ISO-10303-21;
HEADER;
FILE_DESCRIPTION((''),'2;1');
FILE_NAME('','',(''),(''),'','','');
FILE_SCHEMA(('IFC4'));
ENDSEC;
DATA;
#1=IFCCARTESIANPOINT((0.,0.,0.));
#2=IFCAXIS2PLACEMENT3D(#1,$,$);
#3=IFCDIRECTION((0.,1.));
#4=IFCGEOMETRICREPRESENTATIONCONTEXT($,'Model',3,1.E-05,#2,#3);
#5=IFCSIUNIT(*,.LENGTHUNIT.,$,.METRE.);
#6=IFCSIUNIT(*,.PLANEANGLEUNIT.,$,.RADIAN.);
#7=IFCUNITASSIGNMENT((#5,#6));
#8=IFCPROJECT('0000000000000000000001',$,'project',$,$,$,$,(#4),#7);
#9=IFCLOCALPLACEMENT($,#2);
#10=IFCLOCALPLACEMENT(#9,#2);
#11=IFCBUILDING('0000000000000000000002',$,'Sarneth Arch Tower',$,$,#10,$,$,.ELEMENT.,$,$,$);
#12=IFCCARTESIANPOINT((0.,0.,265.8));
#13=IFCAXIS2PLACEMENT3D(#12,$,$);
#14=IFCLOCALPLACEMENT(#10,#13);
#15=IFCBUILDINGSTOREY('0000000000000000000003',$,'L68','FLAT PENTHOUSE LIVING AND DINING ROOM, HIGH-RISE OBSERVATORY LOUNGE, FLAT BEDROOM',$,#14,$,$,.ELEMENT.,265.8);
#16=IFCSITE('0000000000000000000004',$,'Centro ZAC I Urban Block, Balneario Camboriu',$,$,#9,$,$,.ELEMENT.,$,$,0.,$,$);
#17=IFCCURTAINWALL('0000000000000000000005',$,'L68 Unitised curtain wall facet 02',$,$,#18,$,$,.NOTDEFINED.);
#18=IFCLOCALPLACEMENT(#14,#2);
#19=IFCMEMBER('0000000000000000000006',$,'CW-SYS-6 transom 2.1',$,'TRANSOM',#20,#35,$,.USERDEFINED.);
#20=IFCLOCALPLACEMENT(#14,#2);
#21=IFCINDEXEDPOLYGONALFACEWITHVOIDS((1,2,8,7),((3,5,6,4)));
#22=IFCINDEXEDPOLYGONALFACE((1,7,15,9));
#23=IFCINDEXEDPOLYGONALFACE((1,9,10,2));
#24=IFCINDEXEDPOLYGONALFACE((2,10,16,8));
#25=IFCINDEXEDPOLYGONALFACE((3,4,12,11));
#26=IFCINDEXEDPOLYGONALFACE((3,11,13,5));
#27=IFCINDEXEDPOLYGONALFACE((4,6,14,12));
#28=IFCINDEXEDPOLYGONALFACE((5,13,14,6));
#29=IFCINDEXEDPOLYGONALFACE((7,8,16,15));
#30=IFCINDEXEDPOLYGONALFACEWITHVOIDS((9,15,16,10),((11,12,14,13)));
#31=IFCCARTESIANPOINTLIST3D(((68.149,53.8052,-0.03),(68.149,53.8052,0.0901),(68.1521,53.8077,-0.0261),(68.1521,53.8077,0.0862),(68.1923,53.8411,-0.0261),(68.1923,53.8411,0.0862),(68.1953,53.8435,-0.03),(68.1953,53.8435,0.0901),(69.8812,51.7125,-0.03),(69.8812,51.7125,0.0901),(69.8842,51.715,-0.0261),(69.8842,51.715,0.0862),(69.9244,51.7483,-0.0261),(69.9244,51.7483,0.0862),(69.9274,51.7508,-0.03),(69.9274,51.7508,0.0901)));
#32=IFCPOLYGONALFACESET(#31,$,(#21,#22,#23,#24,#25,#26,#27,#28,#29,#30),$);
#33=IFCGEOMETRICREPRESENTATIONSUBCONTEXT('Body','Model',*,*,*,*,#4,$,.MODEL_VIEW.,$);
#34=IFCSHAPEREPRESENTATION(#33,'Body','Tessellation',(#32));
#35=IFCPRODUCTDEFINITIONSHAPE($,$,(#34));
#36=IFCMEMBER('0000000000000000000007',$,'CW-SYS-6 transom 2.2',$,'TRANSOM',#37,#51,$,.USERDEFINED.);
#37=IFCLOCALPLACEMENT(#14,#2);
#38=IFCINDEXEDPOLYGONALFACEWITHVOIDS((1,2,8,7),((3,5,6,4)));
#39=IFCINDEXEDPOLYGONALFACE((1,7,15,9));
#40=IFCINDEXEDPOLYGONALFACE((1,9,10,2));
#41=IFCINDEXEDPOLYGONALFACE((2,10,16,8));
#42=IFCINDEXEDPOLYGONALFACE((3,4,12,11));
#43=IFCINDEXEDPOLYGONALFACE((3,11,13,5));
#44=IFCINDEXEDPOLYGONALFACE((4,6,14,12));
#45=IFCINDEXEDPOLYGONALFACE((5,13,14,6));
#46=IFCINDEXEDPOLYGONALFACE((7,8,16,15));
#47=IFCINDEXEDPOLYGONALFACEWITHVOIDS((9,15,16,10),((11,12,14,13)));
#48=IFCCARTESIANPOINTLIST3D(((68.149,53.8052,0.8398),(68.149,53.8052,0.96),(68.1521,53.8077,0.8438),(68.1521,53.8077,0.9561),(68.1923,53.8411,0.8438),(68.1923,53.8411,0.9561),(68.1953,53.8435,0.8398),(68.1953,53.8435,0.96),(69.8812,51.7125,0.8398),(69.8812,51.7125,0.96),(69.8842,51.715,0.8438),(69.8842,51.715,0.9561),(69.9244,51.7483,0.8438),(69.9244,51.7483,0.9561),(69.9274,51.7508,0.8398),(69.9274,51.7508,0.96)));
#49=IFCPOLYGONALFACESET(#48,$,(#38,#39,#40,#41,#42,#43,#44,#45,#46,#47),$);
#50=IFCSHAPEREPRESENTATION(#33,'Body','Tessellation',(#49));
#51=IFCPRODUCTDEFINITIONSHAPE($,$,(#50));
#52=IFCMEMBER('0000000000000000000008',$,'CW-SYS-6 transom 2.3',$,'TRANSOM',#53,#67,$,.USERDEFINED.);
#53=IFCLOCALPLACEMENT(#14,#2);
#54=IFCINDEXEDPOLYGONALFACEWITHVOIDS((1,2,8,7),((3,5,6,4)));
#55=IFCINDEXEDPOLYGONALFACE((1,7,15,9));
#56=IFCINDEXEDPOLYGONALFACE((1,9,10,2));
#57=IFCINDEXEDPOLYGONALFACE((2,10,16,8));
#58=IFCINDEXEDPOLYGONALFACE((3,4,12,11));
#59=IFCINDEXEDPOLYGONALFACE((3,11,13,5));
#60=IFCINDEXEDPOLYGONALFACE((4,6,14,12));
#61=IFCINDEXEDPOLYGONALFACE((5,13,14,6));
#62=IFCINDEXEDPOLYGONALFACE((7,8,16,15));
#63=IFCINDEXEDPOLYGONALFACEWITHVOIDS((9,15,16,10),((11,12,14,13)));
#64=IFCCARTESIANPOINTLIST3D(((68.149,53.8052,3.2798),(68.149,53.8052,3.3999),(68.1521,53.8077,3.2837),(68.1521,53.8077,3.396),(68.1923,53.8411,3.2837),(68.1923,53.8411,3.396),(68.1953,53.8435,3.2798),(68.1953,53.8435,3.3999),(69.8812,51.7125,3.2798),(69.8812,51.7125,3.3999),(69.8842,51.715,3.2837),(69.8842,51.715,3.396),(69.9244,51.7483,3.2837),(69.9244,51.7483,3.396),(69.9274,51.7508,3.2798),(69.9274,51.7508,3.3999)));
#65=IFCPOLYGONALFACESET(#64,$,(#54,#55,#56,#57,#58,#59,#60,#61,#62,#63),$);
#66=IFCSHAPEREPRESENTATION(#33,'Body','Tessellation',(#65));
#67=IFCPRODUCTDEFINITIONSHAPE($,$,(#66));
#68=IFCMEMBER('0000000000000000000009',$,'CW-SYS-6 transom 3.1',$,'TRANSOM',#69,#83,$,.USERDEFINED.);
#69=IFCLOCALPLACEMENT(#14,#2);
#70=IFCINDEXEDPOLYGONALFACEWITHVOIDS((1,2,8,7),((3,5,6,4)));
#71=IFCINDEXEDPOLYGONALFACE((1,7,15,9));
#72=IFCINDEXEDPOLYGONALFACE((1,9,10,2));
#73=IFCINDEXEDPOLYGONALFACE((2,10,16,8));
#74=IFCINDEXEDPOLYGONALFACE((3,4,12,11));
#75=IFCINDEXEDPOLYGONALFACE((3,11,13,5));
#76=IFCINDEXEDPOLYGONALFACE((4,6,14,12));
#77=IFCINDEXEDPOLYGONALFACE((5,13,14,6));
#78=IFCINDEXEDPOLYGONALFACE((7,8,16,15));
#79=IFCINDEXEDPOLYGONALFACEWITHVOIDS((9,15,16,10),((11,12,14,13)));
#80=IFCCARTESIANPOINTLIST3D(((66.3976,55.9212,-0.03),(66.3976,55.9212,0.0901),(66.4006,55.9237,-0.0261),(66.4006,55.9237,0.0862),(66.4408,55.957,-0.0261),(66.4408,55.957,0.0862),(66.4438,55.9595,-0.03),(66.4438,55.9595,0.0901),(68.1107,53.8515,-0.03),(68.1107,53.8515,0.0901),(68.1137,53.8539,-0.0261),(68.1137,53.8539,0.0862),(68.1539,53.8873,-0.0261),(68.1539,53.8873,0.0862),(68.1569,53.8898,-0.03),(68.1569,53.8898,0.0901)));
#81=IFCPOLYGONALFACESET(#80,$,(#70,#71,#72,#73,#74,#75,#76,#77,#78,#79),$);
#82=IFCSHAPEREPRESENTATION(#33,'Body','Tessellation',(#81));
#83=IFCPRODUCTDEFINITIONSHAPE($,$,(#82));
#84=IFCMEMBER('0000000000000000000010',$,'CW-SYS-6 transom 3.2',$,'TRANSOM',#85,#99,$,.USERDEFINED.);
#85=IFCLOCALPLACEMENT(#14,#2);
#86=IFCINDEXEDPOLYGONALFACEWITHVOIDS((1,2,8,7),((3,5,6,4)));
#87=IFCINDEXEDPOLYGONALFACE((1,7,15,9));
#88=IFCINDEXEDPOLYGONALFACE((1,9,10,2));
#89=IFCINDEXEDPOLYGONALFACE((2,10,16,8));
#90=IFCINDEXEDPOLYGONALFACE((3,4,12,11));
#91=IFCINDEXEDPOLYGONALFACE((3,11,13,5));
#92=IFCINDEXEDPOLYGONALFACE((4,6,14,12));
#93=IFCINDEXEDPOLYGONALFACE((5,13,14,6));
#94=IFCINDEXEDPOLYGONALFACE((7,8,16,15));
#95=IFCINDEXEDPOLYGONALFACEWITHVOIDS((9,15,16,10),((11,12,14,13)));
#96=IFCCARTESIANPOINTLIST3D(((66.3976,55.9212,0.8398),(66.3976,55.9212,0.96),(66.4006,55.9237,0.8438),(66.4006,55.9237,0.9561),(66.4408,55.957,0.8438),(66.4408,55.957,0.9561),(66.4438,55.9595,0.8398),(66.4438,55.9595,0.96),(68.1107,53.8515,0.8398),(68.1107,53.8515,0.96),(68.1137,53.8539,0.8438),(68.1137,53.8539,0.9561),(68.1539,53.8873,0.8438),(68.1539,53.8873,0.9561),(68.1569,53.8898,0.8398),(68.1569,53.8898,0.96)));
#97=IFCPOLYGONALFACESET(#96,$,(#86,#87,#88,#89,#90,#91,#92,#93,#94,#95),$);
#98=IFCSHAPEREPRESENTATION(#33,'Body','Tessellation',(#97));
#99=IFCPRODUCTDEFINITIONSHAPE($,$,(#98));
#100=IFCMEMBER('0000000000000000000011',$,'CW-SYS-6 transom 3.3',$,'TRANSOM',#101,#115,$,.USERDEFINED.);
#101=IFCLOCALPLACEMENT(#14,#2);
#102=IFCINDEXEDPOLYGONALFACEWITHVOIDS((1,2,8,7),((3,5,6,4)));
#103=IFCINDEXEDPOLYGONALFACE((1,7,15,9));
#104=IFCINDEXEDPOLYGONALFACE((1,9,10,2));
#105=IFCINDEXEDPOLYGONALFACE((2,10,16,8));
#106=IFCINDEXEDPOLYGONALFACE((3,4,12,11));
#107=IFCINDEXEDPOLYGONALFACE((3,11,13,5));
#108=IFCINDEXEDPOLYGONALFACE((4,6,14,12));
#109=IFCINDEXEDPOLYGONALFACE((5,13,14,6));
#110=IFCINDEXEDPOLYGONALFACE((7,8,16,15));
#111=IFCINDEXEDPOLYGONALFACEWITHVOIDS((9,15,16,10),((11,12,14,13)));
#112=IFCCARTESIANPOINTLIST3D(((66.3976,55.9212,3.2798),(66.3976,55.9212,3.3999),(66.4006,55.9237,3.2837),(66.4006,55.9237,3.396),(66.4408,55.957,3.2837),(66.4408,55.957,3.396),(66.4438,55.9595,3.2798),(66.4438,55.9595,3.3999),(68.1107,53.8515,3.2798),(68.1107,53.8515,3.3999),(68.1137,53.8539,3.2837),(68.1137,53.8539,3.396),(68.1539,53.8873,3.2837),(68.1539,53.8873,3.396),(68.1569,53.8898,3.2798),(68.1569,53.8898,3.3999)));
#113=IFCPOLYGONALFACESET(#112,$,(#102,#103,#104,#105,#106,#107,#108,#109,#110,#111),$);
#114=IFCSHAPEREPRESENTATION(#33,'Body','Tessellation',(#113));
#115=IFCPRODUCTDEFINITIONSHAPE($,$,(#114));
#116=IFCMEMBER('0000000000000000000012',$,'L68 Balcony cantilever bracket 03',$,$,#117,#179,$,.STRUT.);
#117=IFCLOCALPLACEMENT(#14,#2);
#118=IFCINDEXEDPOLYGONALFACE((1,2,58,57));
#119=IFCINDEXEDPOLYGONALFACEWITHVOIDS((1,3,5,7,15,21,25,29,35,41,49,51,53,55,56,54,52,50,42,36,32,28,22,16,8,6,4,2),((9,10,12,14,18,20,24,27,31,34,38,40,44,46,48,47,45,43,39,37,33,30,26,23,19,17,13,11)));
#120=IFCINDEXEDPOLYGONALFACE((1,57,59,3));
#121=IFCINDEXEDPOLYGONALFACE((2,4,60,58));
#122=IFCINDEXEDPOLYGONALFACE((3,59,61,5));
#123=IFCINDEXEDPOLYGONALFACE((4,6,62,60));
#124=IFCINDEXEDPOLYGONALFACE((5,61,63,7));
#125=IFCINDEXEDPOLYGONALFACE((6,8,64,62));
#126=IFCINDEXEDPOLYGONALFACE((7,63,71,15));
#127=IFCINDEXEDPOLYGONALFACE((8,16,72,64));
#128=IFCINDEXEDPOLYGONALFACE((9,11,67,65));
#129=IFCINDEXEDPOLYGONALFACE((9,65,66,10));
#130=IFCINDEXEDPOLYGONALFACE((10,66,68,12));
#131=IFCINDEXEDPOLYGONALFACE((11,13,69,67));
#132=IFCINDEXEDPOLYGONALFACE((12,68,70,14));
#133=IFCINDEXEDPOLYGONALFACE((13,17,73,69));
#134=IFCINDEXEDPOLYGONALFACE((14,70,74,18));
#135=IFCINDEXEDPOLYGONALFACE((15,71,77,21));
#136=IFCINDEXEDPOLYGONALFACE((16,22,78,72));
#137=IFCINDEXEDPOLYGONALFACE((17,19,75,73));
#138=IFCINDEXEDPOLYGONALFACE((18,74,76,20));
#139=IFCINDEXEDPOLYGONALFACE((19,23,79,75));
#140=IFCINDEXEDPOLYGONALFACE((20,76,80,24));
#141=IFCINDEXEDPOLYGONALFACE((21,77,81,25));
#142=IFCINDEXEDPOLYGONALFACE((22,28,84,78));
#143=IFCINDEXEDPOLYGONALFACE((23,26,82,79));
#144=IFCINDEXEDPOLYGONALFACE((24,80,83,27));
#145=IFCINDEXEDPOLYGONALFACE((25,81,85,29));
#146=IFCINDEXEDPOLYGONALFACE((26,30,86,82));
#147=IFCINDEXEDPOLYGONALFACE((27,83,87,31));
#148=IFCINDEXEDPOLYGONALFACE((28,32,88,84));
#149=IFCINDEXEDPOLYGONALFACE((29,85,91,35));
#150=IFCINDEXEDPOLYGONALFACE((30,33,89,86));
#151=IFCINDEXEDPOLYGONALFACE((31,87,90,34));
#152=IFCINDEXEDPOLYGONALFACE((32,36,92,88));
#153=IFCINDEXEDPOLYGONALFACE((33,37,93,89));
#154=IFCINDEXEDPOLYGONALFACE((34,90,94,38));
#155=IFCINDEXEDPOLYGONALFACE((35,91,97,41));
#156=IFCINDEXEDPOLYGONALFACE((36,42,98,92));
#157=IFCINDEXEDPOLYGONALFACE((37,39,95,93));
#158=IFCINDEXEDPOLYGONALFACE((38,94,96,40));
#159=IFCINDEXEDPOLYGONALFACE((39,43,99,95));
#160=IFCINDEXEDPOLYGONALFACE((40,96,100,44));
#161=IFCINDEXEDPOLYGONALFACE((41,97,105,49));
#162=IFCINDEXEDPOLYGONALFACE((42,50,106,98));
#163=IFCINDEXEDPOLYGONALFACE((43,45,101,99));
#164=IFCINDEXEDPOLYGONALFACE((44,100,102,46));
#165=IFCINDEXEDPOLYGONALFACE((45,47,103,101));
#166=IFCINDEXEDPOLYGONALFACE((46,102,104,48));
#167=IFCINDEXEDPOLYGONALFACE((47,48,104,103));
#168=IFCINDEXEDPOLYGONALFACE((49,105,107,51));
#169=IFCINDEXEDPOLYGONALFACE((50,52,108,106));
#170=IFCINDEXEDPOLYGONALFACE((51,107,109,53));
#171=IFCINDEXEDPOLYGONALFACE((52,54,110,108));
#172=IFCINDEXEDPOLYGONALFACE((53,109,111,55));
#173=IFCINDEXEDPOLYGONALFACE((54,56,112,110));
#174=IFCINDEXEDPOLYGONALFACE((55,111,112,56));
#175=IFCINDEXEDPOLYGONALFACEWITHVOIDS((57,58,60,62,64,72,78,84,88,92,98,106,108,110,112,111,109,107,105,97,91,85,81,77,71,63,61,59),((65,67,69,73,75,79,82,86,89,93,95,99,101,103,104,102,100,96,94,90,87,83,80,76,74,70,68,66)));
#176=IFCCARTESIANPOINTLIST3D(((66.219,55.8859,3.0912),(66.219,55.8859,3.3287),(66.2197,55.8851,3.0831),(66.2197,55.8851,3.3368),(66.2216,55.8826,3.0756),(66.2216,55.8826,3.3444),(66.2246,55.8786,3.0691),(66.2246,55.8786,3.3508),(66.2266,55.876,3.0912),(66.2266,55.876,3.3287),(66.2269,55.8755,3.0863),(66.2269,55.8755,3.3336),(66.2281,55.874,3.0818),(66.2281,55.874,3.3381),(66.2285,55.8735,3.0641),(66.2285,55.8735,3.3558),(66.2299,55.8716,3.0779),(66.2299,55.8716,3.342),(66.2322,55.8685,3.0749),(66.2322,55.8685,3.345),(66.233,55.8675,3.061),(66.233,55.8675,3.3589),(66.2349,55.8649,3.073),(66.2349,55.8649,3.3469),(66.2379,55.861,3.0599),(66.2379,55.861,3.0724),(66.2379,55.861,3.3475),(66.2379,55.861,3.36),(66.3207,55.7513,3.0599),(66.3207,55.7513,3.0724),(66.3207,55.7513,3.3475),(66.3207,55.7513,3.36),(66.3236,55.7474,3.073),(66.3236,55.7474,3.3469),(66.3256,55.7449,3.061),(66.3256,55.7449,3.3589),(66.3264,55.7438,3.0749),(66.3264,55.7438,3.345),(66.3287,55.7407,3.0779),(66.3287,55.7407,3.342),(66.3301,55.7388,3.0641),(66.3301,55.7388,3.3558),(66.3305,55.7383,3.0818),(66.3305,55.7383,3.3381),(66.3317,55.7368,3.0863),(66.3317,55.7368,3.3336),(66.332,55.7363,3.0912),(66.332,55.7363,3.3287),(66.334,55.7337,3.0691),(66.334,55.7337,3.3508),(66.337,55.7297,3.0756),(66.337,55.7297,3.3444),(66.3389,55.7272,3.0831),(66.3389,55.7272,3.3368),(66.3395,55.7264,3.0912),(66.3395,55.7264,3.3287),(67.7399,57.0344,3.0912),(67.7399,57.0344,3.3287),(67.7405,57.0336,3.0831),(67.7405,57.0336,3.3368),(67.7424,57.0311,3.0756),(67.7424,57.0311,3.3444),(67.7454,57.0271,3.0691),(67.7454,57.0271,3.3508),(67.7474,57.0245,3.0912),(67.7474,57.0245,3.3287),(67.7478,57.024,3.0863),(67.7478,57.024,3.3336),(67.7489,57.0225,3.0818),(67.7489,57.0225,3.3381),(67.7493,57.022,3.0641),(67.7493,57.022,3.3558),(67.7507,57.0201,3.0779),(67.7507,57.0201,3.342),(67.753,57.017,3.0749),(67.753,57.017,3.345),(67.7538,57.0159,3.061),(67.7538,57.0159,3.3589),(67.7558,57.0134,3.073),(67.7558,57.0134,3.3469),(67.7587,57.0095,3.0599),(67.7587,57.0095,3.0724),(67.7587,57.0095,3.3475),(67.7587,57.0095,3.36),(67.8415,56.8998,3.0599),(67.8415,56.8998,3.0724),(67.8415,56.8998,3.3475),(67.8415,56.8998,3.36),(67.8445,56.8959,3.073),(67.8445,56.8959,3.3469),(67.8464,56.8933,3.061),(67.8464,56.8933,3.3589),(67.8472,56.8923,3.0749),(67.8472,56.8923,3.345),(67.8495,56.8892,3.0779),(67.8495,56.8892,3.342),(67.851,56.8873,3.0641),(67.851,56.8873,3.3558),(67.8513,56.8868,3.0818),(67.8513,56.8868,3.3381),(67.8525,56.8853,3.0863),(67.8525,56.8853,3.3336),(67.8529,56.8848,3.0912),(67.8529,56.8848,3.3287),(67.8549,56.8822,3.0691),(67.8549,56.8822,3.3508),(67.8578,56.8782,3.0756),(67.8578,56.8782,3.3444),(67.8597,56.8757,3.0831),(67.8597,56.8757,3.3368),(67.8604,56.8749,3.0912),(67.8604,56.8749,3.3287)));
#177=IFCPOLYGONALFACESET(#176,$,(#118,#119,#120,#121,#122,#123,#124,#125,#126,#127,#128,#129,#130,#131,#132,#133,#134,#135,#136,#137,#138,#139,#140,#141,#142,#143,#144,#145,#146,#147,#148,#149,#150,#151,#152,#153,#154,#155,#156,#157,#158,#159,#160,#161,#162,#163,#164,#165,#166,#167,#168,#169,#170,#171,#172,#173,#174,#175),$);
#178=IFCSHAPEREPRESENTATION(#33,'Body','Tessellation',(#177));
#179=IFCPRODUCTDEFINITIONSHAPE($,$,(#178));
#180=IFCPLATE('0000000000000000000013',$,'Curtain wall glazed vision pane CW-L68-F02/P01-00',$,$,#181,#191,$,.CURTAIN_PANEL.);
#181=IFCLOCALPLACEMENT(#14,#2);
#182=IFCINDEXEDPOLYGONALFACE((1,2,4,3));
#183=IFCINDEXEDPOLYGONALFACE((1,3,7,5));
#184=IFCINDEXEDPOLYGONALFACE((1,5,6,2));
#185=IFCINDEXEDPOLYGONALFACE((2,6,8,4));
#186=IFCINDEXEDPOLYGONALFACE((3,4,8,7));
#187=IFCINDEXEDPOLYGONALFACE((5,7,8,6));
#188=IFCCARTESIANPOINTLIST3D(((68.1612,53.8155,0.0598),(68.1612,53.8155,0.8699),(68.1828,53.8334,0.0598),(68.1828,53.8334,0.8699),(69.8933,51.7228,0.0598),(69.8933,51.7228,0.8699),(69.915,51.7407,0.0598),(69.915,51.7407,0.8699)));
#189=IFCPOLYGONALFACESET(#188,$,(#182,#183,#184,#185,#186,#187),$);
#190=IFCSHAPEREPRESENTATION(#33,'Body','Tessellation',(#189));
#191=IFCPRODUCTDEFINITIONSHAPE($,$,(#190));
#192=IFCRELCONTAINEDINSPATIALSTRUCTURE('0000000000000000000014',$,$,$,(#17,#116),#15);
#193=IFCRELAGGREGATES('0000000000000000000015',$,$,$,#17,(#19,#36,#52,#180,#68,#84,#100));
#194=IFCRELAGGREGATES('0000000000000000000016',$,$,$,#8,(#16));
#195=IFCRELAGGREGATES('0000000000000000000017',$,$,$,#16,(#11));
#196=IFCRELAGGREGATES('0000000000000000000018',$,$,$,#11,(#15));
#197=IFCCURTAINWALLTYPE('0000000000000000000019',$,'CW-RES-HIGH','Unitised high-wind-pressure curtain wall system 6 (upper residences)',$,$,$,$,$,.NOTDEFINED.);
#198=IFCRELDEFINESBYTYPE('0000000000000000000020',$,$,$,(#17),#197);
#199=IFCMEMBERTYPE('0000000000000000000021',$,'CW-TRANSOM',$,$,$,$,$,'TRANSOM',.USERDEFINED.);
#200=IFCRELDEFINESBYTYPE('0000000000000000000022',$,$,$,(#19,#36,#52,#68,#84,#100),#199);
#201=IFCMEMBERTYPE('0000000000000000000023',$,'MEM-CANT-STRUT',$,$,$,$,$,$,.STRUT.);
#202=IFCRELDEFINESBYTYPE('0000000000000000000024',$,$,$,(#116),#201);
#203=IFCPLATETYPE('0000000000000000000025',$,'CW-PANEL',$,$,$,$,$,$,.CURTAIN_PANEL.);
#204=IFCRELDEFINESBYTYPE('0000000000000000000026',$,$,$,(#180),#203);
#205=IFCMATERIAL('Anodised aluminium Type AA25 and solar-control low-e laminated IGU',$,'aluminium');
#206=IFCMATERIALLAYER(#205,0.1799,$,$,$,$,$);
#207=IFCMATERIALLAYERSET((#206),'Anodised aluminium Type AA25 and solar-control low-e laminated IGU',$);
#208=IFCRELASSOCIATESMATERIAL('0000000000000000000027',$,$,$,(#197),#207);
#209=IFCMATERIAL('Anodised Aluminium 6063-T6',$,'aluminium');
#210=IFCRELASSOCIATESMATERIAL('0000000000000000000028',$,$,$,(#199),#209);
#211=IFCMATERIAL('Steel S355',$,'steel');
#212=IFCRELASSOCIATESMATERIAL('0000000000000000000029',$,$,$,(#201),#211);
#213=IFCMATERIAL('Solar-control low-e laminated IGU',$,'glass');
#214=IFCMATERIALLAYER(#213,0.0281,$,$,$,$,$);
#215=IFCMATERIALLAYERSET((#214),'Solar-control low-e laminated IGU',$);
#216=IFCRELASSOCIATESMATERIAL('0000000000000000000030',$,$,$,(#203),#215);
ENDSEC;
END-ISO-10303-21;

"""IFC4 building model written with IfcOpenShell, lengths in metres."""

from ifc_helpers import new_model, si_unit, direction, frame, origin, origin_2d, place, context, subcontext, project, spatial, rectangle, hollow_rectangle, extrude, material, layer, layer_set, material_profile, profile_set, type_object, element, aggregate, save


model = new_model("IFC4")

# Units and contexts
model_context = context("Model", 3, precision=1e-05, world=origin(), true_north=direction((0.0, 1.0)))
body_context = subcontext(model_context, "Body", "Model", "MODEL_VIEW")
ifc_project = project(units=[si_unit("LENGTHUNIT", "METRE"), si_unit("PLANEANGLEUNIT", "RADIAN")], contexts=[model_context])

# Site, building, storey
site_placement = place(None, origin())
site = spatial("IfcSite", under=ifc_project, at=site_placement, Name="Centro ZAC I Urban Block, Balneario Camboriu", CompositionType="ELEMENT", RefElevation=0.0)
building_placement = place(site_placement, origin())
building = spatial("IfcBuilding", under=site, at=building_placement, Name="Sarneth Arch Tower", CompositionType="ELEMENT")
storey_placement = place(building_placement, frame((0.0, 0.0, 265.8)))
storey = spatial("IfcBuildingStorey", under=building, at=storey_placement, Name="L68", Description="FLAT PENTHOUSE LIVING AND DINING ROOM, HIGH-RISE OBSERVATORY LOUNGE, FLAT BEDROOM", CompositionType="ELEMENT", Elevation=265.8)

# Curtain wall, members
ifc_material_1 = material(Name="Anodised aluminium Type AA25 and solar-control low-e laminated IGU", Category="aluminium")
ifc_layer_1 = layer(ifc_material_1, 0.1799)
ifc_layer_set_1 = layer_set([ifc_layer_1], Name="Anodised aluminium Type AA25 and solar-control low-e laminated IGU")
curtain_wall_type = type_object("IfcCurtainWallType", Name="CW-RES-HIGH", Description="Unitised high-wind-pressure curtain wall system 6 (upper residences)", PredefinedType="NOTDEFINED", material=ifc_layer_set_1)
curtain_wall_placement = place(storey_placement, origin())
curtain_wall = element("IfcCurtainWall", 1, at=curtain_wall_placement, inside=storey, type_object=curtain_wall_type, Name="L68 Unitised curtain wall facet 02", PredefinedType="NOTDEFINED")
ifc_material_2 = material(Name="Anodised Aluminium 6063-T6", Category="aluminium")
ifc_material_profile_1 = material_profile(ifc_material_2, hollow_rectangle(XDim=0.0601, YDim=0.1201, WallThickness=0.0039, at=origin_2d()), Name="AL-TRAN-120x60x4")
ifc_profile_set_1 = profile_set([ifc_material_profile_1], Name="Anodised Aluminium 6063-T6")
member_type_1 = type_object("IfcMemberType", Name="CW-TRANSOM", ElementType="TRANSOM", PredefinedType="USERDEFINED", material=ifc_profile_set_1)
member_1_placement = place(storey_placement, frame((69.9043, 51.7317, 0.03), z_axis=(-0.637617, 0.770353, 0.0), x_axis=(-0.770353, -0.637617, 0.0)))
member_1 = element("IfcMember", 2, at=member_1_placement, type_object=member_type_1, Name="CW-SYS-6 transom 2.1", ObjectType="TRANSOM", PredefinedType="USERDEFINED", context=body_context, shape_type="SweptSolid", body=[
    extrude(hollow_rectangle(XDim=0.0601, YDim=0.1201, WallThickness=0.0039, at=origin_2d()), origin(), (0.0, 0.0, 1.0), 2.7166),
])
member_2_placement = place(storey_placement, frame((69.9043, 51.7317, 0.8999), z_axis=(-0.637617, 0.770353, 0.0), x_axis=(-0.770353, -0.637617, 0.0)))
member_2 = element("IfcMember", 3, at=member_2_placement, type_object=member_type_1, Name="CW-SYS-6 transom 2.2", ObjectType="TRANSOM", PredefinedType="USERDEFINED", context=body_context, shape_type="SweptSolid", body=[
    extrude(hollow_rectangle(XDim=0.0601, YDim=0.1201, WallThickness=0.0039, at=origin_2d()), origin(), (0.0, 0.0, 1.0), 2.7166),
])
member_3_placement = place(storey_placement, frame((69.9043, 51.7317, 3.3398), z_axis=(-0.637617, 0.770353, 0.0), x_axis=(-0.770353, -0.637617, 0.0)))
member_3 = element("IfcMember", 4, at=member_3_placement, type_object=member_type_1, Name="CW-SYS-6 transom 2.3", ObjectType="TRANSOM", PredefinedType="USERDEFINED", context=body_context, shape_type="SweptSolid", body=[
    extrude(hollow_rectangle(XDim=0.0601, YDim=0.1201, WallThickness=0.0039, at=origin_2d()), origin(), (0.0, 0.0, 1.0), 2.7166),
])
member_4_placement = place(storey_placement, frame((68.1338, 53.8706, 0.03), z_axis=(-0.637607, 0.770362, 0.0), x_axis=(-0.770362, -0.637607, 0.0)))
member_4 = element("IfcMember", 5, at=member_4_placement, type_object=member_type_1, Name="CW-SYS-6 transom 3.1", ObjectType="TRANSOM", PredefinedType="USERDEFINED", context=body_context, shape_type="SweptSolid", body=[
    extrude(hollow_rectangle(XDim=0.0601, YDim=0.1201, WallThickness=0.0039, at=origin_2d()), origin(), (0.0, 0.0, 1.0), 2.6868),
])
member_5_placement = place(storey_placement, frame((68.1338, 53.8706, 0.8999), z_axis=(-0.637607, 0.770362, 0.0), x_axis=(-0.770362, -0.637607, 0.0)))
member_5 = element("IfcMember", 6, at=member_5_placement, type_object=member_type_1, Name="CW-SYS-6 transom 3.2", ObjectType="TRANSOM", PredefinedType="USERDEFINED", context=body_context, shape_type="SweptSolid", body=[
    extrude(hollow_rectangle(XDim=0.0601, YDim=0.1201, WallThickness=0.0039, at=origin_2d()), origin(), (0.0, 0.0, 1.0), 2.6868),
])
member_6_placement = place(storey_placement, frame((68.1338, 53.8706, 3.3398), z_axis=(-0.637607, 0.770362, 0.0), x_axis=(-0.770362, -0.637607, 0.0)))
member_6 = element("IfcMember", 7, at=member_6_placement, type_object=member_type_1, Name="CW-SYS-6 transom 3.3", ObjectType="TRANSOM", PredefinedType="USERDEFINED", context=body_context, shape_type="SweptSolid", body=[
    extrude(hollow_rectangle(XDim=0.0601, YDim=0.1201, WallThickness=0.0039, at=origin_2d()), origin(), (0.0, 0.0, 1.0), 2.6868),
])

# Member
ifc_material_3 = material(Name="Steel S355", Category="steel")
ifc_material_profile_2 = material_profile(ifc_material_3, hollow_rectangle(XDim=0.2, YDim=0.3, WallThickness=0.0125, InnerFilletRadius=0.0188, OuterFilletRadius=0.0312, at=origin_2d()), Name="RHS300x200x12.5")
ifc_profile_set_2 = profile_set([ifc_material_profile_2], Name="Steel S355")
member_type_2 = type_object("IfcMemberType", Name="MEM-CANT-STRUT", PredefinedType="STRUT", material=ifc_profile_set_2)
member_7_placement = place(storey_placement, frame((66.2793, 55.8062, 3.21), z_axis=(0.798012, 0.602641, 0.0), x_axis=(-0.602641, 0.798012, 0.0)))
element("IfcMember", 8, at=member_7_placement, inside=storey, type_object=member_type_2, Name="L68 Balcony cantilever bracket 03", PredefinedType="STRUT", context=body_context, shape_type="SweptSolid", body=[
    extrude(hollow_rectangle(XDim=0.2, YDim=0.3, WallThickness=0.0125, InnerFilletRadius=0.0188, OuterFilletRadius=0.0312, at=origin_2d()), origin(), (0.0, 0.0, 1.0), 1.9058),
])

# Plate
ifc_material_4 = material(Name="Solar-control low-e laminated IGU", Category="glass")
ifc_layer_2 = layer(ifc_material_4, 0.0281)
ifc_layer_set_2 = layer_set([ifc_layer_2], Name="Solar-control low-e laminated IGU")
plate_type_1 = type_object("IfcPlateType", Name="CW-PANEL", PredefinedType="CURTAIN_PANEL", material=ifc_layer_set_2)
plate_1_placement = place(storey_placement, frame((69.0381, 52.7781, 0.0598), z_axis=(0.0, 0.0, 1.0), x_axis=(-0.63761, 0.770359, 0.0)))
plate_1 = element("IfcPlate", 9, at=plate_1_placement, type_object=plate_type_1, Name="Curtain wall glazed vision pane CW-L68-F02/P01-00", PredefinedType="CURTAIN_PANEL", context=body_context, shape_type="SweptSolid", body=[
    extrude(rectangle(XDim=2.7166, YDim=0.0281, at=origin_2d()), origin(), (0.0, 0.0, 1.0), 0.8101),
])
aggregate(curtain_wall, [member_1, member_2, member_3, plate_1, member_4, member_5, member_6])

save(model, "model.ifc")
